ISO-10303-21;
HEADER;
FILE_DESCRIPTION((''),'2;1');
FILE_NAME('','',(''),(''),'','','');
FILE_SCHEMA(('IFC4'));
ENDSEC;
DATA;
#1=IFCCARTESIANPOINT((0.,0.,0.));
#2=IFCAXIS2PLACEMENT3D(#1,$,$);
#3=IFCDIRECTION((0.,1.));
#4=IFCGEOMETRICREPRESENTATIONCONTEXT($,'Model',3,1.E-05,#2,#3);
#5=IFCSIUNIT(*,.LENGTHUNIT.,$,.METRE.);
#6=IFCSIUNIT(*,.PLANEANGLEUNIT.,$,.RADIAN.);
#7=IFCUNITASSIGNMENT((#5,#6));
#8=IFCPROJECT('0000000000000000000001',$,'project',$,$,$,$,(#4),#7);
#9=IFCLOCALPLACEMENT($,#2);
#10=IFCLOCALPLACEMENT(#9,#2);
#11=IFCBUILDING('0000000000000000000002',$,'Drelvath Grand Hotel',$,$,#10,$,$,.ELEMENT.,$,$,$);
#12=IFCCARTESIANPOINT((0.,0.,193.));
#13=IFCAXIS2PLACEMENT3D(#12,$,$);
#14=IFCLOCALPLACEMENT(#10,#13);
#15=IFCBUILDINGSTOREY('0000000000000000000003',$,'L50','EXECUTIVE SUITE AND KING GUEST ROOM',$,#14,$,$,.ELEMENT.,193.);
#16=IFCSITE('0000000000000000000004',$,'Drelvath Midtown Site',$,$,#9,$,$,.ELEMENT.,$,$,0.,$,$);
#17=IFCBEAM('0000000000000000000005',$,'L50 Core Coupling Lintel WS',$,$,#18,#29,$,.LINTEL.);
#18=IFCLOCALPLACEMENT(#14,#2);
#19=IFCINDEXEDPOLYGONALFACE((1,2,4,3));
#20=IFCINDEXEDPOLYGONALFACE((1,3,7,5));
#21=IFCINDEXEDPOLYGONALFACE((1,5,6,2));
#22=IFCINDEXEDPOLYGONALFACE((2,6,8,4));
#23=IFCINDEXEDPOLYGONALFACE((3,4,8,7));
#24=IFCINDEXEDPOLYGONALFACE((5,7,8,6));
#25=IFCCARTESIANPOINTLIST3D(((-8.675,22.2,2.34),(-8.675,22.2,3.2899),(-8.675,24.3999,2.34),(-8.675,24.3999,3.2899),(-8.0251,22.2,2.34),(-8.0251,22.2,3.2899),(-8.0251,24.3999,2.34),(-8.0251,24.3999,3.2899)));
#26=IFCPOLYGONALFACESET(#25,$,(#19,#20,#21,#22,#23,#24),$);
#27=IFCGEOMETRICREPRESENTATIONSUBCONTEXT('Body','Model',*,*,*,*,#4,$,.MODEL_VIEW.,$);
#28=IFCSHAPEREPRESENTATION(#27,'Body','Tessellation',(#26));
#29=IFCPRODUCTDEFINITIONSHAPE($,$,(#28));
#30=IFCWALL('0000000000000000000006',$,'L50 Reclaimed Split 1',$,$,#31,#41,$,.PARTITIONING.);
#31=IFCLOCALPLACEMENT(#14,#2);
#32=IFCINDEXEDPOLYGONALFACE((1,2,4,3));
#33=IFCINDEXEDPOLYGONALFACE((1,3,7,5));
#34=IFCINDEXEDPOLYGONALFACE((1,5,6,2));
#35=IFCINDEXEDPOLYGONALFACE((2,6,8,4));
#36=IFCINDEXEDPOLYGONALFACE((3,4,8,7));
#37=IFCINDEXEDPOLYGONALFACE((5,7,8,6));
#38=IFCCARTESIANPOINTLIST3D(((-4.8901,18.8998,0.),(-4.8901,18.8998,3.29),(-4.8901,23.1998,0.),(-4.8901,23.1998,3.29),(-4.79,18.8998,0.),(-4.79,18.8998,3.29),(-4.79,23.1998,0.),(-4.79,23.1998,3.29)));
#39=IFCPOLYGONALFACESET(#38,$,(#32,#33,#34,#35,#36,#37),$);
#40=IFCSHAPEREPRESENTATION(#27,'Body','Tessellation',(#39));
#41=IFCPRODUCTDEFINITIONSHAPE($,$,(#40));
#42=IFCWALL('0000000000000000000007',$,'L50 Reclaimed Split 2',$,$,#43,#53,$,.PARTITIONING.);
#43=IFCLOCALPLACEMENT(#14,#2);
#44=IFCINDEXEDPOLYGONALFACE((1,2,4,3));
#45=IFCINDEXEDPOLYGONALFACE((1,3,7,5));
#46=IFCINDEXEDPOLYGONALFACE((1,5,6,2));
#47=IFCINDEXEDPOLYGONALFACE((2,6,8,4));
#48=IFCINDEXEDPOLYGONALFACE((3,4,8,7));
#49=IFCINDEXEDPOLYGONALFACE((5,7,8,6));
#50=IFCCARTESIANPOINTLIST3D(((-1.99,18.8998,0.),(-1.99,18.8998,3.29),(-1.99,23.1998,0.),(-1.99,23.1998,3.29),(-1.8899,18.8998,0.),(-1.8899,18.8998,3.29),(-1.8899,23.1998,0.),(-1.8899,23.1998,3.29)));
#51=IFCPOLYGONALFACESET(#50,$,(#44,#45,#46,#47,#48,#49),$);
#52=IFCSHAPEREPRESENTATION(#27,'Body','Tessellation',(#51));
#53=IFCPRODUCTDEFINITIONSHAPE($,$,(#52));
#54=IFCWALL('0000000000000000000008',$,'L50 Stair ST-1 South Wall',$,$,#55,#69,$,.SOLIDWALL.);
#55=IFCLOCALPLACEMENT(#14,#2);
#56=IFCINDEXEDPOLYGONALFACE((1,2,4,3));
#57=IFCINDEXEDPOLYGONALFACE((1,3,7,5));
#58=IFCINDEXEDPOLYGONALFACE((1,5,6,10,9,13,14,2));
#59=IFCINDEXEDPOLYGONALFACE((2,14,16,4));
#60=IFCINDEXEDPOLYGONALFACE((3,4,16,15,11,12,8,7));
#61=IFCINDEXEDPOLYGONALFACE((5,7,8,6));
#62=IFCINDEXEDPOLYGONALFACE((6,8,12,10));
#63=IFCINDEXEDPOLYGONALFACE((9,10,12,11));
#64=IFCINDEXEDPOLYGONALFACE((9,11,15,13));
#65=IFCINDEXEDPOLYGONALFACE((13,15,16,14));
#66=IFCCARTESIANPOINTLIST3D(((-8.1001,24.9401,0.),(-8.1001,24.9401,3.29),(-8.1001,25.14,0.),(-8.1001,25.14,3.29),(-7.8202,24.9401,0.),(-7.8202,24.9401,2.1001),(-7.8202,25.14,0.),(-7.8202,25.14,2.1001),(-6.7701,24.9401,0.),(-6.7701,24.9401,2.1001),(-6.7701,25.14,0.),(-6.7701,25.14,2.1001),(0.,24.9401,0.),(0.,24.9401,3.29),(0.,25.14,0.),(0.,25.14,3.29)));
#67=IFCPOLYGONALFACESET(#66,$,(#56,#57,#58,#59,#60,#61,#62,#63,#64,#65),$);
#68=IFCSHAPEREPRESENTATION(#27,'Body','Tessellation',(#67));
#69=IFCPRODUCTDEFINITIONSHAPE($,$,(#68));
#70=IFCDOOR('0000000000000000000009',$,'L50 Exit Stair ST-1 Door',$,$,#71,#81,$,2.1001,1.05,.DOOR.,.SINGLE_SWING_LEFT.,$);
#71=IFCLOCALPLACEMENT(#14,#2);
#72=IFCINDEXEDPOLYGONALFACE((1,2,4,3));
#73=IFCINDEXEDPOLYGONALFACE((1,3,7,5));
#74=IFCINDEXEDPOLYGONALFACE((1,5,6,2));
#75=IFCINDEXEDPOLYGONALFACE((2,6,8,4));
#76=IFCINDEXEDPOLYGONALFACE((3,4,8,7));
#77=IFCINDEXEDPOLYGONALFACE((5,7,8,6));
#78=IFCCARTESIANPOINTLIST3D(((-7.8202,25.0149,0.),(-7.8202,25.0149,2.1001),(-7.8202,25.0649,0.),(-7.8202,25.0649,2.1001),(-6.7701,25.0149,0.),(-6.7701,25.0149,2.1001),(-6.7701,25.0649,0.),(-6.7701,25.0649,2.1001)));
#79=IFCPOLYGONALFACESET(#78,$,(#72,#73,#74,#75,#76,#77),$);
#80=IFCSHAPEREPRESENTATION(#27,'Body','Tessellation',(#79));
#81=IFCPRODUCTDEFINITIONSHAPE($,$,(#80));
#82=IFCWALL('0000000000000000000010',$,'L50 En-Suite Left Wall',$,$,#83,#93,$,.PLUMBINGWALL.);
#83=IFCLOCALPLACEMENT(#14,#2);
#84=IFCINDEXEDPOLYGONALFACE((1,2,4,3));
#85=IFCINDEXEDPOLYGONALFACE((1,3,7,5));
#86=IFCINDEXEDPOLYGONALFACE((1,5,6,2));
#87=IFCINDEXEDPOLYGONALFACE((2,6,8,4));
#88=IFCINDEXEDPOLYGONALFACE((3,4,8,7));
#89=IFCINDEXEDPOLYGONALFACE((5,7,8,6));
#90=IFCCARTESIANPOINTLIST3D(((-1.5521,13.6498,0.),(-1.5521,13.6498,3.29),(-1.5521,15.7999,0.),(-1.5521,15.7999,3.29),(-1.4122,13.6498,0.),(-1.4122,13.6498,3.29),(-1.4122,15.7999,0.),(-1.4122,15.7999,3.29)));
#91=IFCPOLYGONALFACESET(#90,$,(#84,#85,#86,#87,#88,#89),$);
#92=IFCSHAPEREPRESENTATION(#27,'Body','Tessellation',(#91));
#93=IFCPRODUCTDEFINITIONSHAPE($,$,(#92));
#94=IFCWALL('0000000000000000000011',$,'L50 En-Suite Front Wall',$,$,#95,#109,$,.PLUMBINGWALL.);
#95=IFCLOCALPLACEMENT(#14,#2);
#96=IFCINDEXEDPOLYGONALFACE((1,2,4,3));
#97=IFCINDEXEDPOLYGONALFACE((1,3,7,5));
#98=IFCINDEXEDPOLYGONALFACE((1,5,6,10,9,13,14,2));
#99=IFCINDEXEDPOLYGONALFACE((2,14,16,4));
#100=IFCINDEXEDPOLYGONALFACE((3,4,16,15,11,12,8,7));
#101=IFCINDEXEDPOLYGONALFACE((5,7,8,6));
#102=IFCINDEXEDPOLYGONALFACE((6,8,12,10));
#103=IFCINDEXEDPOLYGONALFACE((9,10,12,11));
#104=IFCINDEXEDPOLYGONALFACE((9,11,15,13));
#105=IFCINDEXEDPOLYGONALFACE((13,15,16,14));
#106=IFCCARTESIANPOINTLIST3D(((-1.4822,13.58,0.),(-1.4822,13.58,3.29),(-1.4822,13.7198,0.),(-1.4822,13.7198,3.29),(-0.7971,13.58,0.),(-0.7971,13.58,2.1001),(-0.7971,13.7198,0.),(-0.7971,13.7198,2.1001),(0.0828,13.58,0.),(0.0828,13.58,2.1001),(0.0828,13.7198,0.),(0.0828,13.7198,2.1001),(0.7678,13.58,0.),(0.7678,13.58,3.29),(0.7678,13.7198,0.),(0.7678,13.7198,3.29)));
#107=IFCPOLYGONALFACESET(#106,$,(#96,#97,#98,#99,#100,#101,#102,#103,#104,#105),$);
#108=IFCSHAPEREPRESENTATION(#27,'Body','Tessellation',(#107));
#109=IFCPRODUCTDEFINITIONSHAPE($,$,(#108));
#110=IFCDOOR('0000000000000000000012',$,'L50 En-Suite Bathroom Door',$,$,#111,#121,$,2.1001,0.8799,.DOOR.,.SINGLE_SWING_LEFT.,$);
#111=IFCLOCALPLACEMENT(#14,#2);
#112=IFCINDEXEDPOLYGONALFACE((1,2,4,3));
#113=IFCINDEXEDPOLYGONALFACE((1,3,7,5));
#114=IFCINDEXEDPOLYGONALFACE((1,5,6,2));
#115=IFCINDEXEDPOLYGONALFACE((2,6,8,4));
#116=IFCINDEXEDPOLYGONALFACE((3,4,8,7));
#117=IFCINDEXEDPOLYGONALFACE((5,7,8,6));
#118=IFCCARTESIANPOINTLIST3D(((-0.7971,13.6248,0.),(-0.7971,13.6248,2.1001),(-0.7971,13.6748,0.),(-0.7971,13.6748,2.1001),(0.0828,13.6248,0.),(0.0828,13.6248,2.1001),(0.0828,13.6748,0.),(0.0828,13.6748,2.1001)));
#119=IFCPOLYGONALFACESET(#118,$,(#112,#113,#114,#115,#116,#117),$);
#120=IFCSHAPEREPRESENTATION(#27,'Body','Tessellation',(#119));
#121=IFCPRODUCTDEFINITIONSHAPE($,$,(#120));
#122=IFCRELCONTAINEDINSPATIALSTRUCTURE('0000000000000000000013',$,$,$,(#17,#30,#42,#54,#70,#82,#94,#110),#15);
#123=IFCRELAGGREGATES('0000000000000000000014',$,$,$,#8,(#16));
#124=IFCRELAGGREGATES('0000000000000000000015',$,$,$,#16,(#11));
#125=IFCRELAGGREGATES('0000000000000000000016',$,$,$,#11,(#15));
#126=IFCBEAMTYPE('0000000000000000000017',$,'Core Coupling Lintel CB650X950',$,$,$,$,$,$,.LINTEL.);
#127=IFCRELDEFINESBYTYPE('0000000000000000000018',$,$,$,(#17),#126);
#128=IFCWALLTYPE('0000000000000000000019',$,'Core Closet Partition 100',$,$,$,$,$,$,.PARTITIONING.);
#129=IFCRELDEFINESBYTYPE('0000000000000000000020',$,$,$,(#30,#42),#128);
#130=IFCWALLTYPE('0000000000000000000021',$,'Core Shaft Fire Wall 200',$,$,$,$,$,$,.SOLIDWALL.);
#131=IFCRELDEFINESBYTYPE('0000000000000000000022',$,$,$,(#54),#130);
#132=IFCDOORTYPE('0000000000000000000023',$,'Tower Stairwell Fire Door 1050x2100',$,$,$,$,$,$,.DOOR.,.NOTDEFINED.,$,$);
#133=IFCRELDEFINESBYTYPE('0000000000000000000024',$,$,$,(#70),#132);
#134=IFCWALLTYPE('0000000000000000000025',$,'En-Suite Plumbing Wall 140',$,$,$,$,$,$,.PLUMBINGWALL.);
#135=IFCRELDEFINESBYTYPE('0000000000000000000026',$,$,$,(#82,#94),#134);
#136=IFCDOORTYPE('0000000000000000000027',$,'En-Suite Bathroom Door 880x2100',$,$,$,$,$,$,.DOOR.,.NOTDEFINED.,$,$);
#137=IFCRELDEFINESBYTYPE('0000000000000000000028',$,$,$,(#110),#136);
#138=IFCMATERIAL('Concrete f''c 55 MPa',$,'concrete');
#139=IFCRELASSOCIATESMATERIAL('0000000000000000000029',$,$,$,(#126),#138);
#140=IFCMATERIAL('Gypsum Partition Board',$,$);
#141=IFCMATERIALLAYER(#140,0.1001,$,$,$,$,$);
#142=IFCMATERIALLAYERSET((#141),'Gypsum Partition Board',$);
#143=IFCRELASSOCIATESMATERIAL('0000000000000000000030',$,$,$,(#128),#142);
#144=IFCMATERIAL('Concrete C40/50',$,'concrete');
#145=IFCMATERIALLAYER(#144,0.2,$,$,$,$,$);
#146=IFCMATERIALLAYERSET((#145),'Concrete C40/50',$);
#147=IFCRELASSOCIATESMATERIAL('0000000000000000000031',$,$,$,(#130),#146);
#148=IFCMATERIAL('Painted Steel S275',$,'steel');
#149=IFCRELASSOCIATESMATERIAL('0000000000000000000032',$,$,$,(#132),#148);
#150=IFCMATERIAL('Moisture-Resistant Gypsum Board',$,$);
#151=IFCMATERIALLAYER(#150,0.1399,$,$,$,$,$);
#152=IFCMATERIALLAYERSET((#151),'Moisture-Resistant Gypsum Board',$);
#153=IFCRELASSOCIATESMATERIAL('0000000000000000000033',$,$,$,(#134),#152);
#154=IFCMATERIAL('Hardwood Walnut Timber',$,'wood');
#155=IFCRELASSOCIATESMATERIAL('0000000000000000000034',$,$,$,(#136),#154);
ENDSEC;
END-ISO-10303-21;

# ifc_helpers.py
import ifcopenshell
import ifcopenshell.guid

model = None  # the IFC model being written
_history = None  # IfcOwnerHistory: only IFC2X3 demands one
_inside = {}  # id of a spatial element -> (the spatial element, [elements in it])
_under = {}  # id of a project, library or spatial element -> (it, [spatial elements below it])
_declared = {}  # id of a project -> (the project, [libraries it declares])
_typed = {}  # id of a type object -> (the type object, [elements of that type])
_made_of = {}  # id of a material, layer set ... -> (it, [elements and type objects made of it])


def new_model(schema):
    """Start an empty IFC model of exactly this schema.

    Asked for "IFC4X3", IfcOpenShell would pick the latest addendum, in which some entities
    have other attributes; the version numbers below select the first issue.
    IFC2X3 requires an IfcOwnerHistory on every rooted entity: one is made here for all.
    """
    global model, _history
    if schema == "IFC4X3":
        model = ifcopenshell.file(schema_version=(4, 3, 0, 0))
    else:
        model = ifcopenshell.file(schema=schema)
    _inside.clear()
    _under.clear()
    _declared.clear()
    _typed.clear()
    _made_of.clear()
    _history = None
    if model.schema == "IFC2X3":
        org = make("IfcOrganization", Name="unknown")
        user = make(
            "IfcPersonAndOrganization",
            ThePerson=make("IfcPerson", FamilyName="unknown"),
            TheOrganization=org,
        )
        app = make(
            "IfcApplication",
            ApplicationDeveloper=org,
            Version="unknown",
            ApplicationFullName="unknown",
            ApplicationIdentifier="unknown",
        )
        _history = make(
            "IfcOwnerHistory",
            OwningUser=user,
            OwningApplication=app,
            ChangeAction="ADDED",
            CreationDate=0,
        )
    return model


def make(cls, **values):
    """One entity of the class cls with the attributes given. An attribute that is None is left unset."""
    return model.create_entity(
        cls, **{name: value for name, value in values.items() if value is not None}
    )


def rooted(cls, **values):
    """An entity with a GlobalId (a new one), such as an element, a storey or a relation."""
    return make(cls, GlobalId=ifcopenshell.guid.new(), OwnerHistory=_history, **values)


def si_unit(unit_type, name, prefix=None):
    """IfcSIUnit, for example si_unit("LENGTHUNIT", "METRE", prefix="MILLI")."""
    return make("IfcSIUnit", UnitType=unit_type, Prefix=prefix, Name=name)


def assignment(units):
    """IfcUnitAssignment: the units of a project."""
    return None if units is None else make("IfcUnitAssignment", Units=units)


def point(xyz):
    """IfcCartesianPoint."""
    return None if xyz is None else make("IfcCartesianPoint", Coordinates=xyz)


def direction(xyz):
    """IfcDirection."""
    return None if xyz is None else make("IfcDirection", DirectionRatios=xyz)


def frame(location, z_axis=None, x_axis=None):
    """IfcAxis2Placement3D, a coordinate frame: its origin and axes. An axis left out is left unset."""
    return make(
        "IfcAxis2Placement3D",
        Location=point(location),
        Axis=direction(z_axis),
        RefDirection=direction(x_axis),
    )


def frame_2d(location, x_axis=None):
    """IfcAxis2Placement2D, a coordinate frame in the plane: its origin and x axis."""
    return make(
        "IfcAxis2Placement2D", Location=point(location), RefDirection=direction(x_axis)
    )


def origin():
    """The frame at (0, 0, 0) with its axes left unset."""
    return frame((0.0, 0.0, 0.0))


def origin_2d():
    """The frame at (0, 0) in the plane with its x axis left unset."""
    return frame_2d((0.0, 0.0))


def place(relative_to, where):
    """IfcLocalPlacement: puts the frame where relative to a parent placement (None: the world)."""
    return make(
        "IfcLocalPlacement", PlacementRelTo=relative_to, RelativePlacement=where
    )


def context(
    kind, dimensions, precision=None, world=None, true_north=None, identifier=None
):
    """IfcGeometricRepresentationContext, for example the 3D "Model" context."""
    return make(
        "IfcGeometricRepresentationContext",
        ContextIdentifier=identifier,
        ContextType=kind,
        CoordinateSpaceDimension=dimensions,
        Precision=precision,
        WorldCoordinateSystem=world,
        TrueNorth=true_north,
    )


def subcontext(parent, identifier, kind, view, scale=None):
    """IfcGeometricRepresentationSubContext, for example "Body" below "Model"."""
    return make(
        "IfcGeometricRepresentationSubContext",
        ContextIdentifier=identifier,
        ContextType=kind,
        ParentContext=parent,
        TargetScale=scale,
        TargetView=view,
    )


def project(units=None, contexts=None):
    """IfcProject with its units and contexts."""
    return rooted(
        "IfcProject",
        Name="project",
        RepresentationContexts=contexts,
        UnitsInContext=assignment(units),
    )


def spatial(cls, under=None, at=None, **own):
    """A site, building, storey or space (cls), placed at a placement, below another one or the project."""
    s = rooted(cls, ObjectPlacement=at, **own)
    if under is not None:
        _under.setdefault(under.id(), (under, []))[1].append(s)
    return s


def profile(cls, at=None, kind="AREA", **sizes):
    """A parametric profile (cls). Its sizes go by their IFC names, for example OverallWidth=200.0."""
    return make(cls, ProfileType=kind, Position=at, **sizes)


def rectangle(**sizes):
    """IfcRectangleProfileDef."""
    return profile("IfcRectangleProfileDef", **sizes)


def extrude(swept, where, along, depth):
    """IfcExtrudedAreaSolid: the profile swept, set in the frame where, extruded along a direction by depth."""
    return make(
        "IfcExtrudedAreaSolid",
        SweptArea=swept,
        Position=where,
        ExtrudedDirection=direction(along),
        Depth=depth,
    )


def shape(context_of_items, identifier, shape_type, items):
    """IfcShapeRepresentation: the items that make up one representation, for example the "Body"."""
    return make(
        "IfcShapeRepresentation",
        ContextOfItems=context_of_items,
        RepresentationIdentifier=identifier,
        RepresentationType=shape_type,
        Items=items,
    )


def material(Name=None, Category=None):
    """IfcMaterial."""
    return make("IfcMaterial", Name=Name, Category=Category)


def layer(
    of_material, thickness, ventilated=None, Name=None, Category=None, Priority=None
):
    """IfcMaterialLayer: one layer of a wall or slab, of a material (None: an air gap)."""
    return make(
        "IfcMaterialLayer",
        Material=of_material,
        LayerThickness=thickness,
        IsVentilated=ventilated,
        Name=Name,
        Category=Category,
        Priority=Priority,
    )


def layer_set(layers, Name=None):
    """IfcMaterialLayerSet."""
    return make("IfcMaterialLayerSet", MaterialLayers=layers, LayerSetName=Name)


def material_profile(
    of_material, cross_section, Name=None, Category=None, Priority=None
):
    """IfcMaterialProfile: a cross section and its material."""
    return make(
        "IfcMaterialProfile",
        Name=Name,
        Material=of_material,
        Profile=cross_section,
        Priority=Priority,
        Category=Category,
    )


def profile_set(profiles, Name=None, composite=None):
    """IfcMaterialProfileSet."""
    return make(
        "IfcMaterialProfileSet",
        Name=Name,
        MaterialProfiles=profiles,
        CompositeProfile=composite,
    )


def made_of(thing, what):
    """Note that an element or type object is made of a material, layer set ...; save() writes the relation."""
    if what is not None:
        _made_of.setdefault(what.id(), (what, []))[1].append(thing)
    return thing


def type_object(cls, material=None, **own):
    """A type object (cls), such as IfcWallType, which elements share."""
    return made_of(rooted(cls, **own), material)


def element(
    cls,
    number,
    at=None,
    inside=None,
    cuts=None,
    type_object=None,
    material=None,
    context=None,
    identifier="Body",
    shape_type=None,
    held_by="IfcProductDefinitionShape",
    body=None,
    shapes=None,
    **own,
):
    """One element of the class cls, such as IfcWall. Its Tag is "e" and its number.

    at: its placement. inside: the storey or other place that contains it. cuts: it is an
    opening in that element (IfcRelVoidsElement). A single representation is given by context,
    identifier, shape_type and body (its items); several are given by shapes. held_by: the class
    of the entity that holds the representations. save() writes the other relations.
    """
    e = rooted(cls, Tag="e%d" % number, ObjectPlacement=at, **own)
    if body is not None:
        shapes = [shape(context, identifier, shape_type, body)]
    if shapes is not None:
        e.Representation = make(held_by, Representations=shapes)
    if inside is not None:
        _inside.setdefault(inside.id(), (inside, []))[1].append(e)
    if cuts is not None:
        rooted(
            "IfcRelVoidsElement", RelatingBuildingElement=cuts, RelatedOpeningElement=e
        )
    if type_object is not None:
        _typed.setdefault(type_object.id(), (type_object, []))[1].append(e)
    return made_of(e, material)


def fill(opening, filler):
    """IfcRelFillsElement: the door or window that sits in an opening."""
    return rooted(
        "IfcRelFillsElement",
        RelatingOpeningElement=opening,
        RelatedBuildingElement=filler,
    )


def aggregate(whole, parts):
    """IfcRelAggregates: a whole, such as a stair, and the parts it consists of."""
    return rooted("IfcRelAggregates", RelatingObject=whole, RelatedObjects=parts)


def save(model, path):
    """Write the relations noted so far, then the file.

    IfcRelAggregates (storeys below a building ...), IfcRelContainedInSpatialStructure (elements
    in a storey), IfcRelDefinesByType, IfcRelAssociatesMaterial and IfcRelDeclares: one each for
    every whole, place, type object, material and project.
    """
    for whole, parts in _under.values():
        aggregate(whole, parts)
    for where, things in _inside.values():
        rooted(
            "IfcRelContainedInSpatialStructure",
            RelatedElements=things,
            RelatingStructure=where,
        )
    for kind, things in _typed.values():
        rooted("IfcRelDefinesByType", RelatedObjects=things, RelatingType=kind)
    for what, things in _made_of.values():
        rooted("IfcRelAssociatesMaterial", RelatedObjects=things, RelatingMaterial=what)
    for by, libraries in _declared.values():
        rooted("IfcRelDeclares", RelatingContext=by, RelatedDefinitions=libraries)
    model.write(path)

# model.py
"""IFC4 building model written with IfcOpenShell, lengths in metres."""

from ifc_helpers import new_model, si_unit, direction, frame, frame_2d, origin, origin_2d, place, context, subcontext, project, spatial, rectangle, extrude, material, layer, layer_set, material_profile, profile_set, type_object, element, fill, save


model = new_model("IFC4")

# Units and contexts
model_context = context("Model", 3, precision=1e-05, world=origin(), true_north=direction((0.0, 1.0)))
body_context = subcontext(model_context, "Body", "Model", "MODEL_VIEW")
ifc_project = project(units=[si_unit("LENGTHUNIT", "METRE"), si_unit("PLANEANGLEUNIT", "RADIAN")], contexts=[model_context])

# Site, building, storey
site_placement = place(None, origin())
site = spatial("IfcSite", under=ifc_project, at=site_placement, Name="Drelvath Midtown Site", CompositionType="ELEMENT", RefElevation=0.0)
building_placement = place(site_placement, origin())
building = spatial("IfcBuilding", under=site, at=building_placement, Name="Drelvath Grand Hotel", CompositionType="ELEMENT")
storey_placement = place(building_placement, frame((0.0, 0.0, 193.0)))
storey = spatial("IfcBuildingStorey", under=building, at=storey_placement, Name="L50", Description="EXECUTIVE SUITE AND KING GUEST ROOM", CompositionType="ELEMENT", Elevation=193.0)

# Beam
ifc_material_1 = material(Name="Concrete f'c 55 MPa", Category="concrete")
ifc_material_profile = material_profile(ifc_material_1, rectangle(XDim=0.6499, YDim=0.95, at=origin_2d()), Name="CB650X950")
ifc_profile_set = profile_set([ifc_material_profile], Name="Concrete f'c 55 MPa")
beam_type = type_object("IfcBeamType", Name="Core Coupling Lintel CB650X950", PredefinedType="LINTEL", material=ifc_profile_set)
beam_placement = place(storey_placement, frame((-8.3501, 22.2, 2.8149), z_axis=(0.0, 1.0, 0.0), x_axis=(-1.0, 0.0, 0.0)))
element("IfcBeam", 1, at=beam_placement, inside=storey, type_object=beam_type, Name="L50 Core Coupling Lintel WS", PredefinedType="LINTEL", context=body_context, shape_type="SweptSolid", body=[
    extrude(rectangle(XDim=0.6499, YDim=0.95, at=origin_2d()), origin(), (0.0, 0.0, 1.0), 2.2),
])

# Walls
ifc_material_2 = material(Name="Gypsum Partition Board")
ifc_layer_1 = layer(ifc_material_2, 0.1001)
ifc_layer_set_1 = layer_set([ifc_layer_1], Name="Gypsum Partition Board")
wall_type_1 = type_object("IfcWallType", Name="Core Closet Partition 100", PredefinedType="PARTITIONING", material=ifc_layer_set_1)
for number, where, z_axis, x_axis, name in (
    (2, (-4.8401, 18.8999, 0.0), (0.0, 0.0, 1.0), (0.0, 1.0, 0.0), "L50 Reclaimed Split 1"),
    (3, (-1.9399, 18.8999, 0.0), (0.0, 0.0, 1.0), (0.0, 1.0, 0.0), "L50 Reclaimed Split 2"),
):
    element("IfcWall", number, at=place(storey_placement, frame(where, z_axis=z_axis, x_axis=x_axis)), inside=storey, type_object=wall_type_1, Name=name, PredefinedType="PARTITIONING", context=body_context, shape_type="SweptSolid", body=[
        extrude(rectangle(XDim=4.3, YDim=0.1001, at=frame_2d((2.1499, 0.0))), origin(), (0.0, 0.0, 1.0), 3.29),
    ])

# Wall, opening, door
ifc_material_3 = material(Name="Concrete C40/50", Category="concrete")
ifc_layer_2 = layer(ifc_material_3, 0.2)
ifc_layer_set_2 = layer_set([ifc_layer_2], Name="Concrete C40/50")
wall_type_2 = type_object("IfcWallType", Name="Core Shaft Fire Wall 200", PredefinedType="SOLIDWALL", material=ifc_layer_set_2)
wall_1_placement = place(storey_placement, frame((-8.1001, 25.04, 0.0), z_axis=(0.0, 0.0, 1.0), x_axis=(1.0, 0.0, 0.0)))
wall_1 = element("IfcWall", 4, at=wall_1_placement, inside=storey, type_object=wall_type_2, Name="L50 Stair ST-1 South Wall", PredefinedType="SOLIDWALL", context=body_context, shape_type="SweptSolid", body=[
    extrude(rectangle(XDim=8.1001, YDim=0.2, at=frame_2d((4.05, 0.0))), origin(), (0.0, 0.0, 1.0), 3.29),
])
opening_1_placement = place(wall_1_placement, frame((0.28, 0.0, 0.0)))
opening_1 = element("IfcOpeningElement", 5, at=opening_1_placement, cuts=wall_1, PredefinedType="OPENING", context=body_context, shape_type="SweptSolid", body=[
    extrude(rectangle(XDim=1.05, YDim=2.1001, at=frame_2d((0.5249, 1.05))), frame((0.0, 0.1099, 0.0), z_axis=(0.0, -1.0, 0.0), x_axis=(1.0, 0.0, 0.0)), (0.0, 0.0, 1.0), 0.22),
])
ifc_material_4 = material(Name="Painted Steel S275", Category="steel")
door_type_1 = type_object("IfcDoorType", Name="Tower Stairwell Fire Door 1050x2100", OperationType="NOTDEFINED", PredefinedType="DOOR", material=ifc_material_4)
door_1_placement = place(opening_1_placement, origin())
door_1 = element("IfcDoor", 6, at=door_1_placement, inside=storey, type_object=door_type_1, Name="L50 Exit Stair ST-1 Door", OperationType="SINGLE_SWING_LEFT", OverallHeight=2.1001, OverallWidth=1.05, PredefinedType="DOOR", context=body_context, shape_type="SweptSolid", body=[
    extrude(rectangle(XDim=1.05, YDim=2.1001, at=frame_2d((0.5249, 1.05))), frame((0.0, 0.0249, 0.0), z_axis=(0.0, -1.0, 0.0), x_axis=(1.0, 0.0, 0.0)), (0.0, 0.0, 1.0), 0.05),
])
fill(opening_1, door_1)

# Wall
ifc_material_5 = material(Name="Moisture-Resistant Gypsum Board")
ifc_layer_3 = layer(ifc_material_5, 0.1399)
ifc_layer_set_3 = layer_set([ifc_layer_3], Name="Moisture-Resistant Gypsum Board")
wall_type_3 = type_object("IfcWallType", Name="En-Suite Plumbing Wall 140", PredefinedType="PLUMBINGWALL", material=ifc_layer_set_3)
wall_2_placement = place(storey_placement, frame((-1.4822, 15.8, 0.0), z_axis=(0.0, 0.0, 1.0), x_axis=(0.0, -1.0, 0.0)))
element("IfcWall", 7, at=wall_2_placement, inside=storey, type_object=wall_type_3, Name="L50 En-Suite Left Wall", PredefinedType="PLUMBINGWALL", context=body_context, shape_type="SweptSolid", body=[
    extrude(rectangle(XDim=2.1501, YDim=0.1399, at=frame_2d((1.0752, 0.0))), origin(), (0.0, 0.0, 1.0), 3.29),
])

# Wall, opening, door
wall_3_placement = place(storey_placement, frame((-1.4822, 13.6499, 0.0), z_axis=(0.0, 0.0, 1.0), x_axis=(1.0, 0.0, 0.0)))
wall_3 = element("IfcWall", 8, at=wall_3_placement, inside=storey, type_object=wall_type_3, Name="L50 En-Suite Front Wall", PredefinedType="PLUMBINGWALL", context=body_context, shape_type="SweptSolid", body=[
    extrude(rectangle(XDim=2.25, YDim=0.1399, at=frame_2d((1.125, 0.0))), origin(), (0.0, 0.0, 1.0), 3.29),
])
opening_2_placement = place(wall_3_placement, frame((0.6851, 0.0, 0.0)))
opening_2 = element("IfcOpeningElement", 9, at=opening_2_placement, cuts=wall_3, PredefinedType="OPENING", context=body_context, shape_type="SweptSolid", body=[
    extrude(rectangle(XDim=0.8799, YDim=2.1001, at=frame_2d((0.4399, 1.05))), frame((0.0, 0.0798, 0.0), z_axis=(0.0, -1.0, 0.0), x_axis=(1.0, 0.0, 0.0)), (0.0, 0.0, 1.0), 0.1599),
])
ifc_material_6 = material(Name="Hardwood Walnut Timber", Category="wood")
door_type_2 = type_object("IfcDoorType", Name="En-Suite Bathroom Door 880x2100", OperationType="NOTDEFINED", PredefinedType="DOOR", material=ifc_material_6)
door_2_placement = place(opening_2_placement, origin())
door_2 = element("IfcDoor", 10, at=door_2_placement, inside=storey, type_object=door_type_2, Name="L50 En-Suite Bathroom Door", OperationType="SINGLE_SWING_LEFT", OverallHeight=2.1001, OverallWidth=0.8799, PredefinedType="DOOR", context=body_context, shape_type="SweptSolid", body=[
    extrude(rectangle(XDim=0.8799, YDim=2.1001, at=frame_2d((0.4399, 1.05))), frame((0.0, 0.0249, 0.0), z_axis=(0.0, -1.0, 0.0), x_axis=(1.0, 0.0, 0.0)), (0.0, 0.0, 1.0), 0.05),
])
fill(opening_2, door_2)

save(model, "model.ifc")
